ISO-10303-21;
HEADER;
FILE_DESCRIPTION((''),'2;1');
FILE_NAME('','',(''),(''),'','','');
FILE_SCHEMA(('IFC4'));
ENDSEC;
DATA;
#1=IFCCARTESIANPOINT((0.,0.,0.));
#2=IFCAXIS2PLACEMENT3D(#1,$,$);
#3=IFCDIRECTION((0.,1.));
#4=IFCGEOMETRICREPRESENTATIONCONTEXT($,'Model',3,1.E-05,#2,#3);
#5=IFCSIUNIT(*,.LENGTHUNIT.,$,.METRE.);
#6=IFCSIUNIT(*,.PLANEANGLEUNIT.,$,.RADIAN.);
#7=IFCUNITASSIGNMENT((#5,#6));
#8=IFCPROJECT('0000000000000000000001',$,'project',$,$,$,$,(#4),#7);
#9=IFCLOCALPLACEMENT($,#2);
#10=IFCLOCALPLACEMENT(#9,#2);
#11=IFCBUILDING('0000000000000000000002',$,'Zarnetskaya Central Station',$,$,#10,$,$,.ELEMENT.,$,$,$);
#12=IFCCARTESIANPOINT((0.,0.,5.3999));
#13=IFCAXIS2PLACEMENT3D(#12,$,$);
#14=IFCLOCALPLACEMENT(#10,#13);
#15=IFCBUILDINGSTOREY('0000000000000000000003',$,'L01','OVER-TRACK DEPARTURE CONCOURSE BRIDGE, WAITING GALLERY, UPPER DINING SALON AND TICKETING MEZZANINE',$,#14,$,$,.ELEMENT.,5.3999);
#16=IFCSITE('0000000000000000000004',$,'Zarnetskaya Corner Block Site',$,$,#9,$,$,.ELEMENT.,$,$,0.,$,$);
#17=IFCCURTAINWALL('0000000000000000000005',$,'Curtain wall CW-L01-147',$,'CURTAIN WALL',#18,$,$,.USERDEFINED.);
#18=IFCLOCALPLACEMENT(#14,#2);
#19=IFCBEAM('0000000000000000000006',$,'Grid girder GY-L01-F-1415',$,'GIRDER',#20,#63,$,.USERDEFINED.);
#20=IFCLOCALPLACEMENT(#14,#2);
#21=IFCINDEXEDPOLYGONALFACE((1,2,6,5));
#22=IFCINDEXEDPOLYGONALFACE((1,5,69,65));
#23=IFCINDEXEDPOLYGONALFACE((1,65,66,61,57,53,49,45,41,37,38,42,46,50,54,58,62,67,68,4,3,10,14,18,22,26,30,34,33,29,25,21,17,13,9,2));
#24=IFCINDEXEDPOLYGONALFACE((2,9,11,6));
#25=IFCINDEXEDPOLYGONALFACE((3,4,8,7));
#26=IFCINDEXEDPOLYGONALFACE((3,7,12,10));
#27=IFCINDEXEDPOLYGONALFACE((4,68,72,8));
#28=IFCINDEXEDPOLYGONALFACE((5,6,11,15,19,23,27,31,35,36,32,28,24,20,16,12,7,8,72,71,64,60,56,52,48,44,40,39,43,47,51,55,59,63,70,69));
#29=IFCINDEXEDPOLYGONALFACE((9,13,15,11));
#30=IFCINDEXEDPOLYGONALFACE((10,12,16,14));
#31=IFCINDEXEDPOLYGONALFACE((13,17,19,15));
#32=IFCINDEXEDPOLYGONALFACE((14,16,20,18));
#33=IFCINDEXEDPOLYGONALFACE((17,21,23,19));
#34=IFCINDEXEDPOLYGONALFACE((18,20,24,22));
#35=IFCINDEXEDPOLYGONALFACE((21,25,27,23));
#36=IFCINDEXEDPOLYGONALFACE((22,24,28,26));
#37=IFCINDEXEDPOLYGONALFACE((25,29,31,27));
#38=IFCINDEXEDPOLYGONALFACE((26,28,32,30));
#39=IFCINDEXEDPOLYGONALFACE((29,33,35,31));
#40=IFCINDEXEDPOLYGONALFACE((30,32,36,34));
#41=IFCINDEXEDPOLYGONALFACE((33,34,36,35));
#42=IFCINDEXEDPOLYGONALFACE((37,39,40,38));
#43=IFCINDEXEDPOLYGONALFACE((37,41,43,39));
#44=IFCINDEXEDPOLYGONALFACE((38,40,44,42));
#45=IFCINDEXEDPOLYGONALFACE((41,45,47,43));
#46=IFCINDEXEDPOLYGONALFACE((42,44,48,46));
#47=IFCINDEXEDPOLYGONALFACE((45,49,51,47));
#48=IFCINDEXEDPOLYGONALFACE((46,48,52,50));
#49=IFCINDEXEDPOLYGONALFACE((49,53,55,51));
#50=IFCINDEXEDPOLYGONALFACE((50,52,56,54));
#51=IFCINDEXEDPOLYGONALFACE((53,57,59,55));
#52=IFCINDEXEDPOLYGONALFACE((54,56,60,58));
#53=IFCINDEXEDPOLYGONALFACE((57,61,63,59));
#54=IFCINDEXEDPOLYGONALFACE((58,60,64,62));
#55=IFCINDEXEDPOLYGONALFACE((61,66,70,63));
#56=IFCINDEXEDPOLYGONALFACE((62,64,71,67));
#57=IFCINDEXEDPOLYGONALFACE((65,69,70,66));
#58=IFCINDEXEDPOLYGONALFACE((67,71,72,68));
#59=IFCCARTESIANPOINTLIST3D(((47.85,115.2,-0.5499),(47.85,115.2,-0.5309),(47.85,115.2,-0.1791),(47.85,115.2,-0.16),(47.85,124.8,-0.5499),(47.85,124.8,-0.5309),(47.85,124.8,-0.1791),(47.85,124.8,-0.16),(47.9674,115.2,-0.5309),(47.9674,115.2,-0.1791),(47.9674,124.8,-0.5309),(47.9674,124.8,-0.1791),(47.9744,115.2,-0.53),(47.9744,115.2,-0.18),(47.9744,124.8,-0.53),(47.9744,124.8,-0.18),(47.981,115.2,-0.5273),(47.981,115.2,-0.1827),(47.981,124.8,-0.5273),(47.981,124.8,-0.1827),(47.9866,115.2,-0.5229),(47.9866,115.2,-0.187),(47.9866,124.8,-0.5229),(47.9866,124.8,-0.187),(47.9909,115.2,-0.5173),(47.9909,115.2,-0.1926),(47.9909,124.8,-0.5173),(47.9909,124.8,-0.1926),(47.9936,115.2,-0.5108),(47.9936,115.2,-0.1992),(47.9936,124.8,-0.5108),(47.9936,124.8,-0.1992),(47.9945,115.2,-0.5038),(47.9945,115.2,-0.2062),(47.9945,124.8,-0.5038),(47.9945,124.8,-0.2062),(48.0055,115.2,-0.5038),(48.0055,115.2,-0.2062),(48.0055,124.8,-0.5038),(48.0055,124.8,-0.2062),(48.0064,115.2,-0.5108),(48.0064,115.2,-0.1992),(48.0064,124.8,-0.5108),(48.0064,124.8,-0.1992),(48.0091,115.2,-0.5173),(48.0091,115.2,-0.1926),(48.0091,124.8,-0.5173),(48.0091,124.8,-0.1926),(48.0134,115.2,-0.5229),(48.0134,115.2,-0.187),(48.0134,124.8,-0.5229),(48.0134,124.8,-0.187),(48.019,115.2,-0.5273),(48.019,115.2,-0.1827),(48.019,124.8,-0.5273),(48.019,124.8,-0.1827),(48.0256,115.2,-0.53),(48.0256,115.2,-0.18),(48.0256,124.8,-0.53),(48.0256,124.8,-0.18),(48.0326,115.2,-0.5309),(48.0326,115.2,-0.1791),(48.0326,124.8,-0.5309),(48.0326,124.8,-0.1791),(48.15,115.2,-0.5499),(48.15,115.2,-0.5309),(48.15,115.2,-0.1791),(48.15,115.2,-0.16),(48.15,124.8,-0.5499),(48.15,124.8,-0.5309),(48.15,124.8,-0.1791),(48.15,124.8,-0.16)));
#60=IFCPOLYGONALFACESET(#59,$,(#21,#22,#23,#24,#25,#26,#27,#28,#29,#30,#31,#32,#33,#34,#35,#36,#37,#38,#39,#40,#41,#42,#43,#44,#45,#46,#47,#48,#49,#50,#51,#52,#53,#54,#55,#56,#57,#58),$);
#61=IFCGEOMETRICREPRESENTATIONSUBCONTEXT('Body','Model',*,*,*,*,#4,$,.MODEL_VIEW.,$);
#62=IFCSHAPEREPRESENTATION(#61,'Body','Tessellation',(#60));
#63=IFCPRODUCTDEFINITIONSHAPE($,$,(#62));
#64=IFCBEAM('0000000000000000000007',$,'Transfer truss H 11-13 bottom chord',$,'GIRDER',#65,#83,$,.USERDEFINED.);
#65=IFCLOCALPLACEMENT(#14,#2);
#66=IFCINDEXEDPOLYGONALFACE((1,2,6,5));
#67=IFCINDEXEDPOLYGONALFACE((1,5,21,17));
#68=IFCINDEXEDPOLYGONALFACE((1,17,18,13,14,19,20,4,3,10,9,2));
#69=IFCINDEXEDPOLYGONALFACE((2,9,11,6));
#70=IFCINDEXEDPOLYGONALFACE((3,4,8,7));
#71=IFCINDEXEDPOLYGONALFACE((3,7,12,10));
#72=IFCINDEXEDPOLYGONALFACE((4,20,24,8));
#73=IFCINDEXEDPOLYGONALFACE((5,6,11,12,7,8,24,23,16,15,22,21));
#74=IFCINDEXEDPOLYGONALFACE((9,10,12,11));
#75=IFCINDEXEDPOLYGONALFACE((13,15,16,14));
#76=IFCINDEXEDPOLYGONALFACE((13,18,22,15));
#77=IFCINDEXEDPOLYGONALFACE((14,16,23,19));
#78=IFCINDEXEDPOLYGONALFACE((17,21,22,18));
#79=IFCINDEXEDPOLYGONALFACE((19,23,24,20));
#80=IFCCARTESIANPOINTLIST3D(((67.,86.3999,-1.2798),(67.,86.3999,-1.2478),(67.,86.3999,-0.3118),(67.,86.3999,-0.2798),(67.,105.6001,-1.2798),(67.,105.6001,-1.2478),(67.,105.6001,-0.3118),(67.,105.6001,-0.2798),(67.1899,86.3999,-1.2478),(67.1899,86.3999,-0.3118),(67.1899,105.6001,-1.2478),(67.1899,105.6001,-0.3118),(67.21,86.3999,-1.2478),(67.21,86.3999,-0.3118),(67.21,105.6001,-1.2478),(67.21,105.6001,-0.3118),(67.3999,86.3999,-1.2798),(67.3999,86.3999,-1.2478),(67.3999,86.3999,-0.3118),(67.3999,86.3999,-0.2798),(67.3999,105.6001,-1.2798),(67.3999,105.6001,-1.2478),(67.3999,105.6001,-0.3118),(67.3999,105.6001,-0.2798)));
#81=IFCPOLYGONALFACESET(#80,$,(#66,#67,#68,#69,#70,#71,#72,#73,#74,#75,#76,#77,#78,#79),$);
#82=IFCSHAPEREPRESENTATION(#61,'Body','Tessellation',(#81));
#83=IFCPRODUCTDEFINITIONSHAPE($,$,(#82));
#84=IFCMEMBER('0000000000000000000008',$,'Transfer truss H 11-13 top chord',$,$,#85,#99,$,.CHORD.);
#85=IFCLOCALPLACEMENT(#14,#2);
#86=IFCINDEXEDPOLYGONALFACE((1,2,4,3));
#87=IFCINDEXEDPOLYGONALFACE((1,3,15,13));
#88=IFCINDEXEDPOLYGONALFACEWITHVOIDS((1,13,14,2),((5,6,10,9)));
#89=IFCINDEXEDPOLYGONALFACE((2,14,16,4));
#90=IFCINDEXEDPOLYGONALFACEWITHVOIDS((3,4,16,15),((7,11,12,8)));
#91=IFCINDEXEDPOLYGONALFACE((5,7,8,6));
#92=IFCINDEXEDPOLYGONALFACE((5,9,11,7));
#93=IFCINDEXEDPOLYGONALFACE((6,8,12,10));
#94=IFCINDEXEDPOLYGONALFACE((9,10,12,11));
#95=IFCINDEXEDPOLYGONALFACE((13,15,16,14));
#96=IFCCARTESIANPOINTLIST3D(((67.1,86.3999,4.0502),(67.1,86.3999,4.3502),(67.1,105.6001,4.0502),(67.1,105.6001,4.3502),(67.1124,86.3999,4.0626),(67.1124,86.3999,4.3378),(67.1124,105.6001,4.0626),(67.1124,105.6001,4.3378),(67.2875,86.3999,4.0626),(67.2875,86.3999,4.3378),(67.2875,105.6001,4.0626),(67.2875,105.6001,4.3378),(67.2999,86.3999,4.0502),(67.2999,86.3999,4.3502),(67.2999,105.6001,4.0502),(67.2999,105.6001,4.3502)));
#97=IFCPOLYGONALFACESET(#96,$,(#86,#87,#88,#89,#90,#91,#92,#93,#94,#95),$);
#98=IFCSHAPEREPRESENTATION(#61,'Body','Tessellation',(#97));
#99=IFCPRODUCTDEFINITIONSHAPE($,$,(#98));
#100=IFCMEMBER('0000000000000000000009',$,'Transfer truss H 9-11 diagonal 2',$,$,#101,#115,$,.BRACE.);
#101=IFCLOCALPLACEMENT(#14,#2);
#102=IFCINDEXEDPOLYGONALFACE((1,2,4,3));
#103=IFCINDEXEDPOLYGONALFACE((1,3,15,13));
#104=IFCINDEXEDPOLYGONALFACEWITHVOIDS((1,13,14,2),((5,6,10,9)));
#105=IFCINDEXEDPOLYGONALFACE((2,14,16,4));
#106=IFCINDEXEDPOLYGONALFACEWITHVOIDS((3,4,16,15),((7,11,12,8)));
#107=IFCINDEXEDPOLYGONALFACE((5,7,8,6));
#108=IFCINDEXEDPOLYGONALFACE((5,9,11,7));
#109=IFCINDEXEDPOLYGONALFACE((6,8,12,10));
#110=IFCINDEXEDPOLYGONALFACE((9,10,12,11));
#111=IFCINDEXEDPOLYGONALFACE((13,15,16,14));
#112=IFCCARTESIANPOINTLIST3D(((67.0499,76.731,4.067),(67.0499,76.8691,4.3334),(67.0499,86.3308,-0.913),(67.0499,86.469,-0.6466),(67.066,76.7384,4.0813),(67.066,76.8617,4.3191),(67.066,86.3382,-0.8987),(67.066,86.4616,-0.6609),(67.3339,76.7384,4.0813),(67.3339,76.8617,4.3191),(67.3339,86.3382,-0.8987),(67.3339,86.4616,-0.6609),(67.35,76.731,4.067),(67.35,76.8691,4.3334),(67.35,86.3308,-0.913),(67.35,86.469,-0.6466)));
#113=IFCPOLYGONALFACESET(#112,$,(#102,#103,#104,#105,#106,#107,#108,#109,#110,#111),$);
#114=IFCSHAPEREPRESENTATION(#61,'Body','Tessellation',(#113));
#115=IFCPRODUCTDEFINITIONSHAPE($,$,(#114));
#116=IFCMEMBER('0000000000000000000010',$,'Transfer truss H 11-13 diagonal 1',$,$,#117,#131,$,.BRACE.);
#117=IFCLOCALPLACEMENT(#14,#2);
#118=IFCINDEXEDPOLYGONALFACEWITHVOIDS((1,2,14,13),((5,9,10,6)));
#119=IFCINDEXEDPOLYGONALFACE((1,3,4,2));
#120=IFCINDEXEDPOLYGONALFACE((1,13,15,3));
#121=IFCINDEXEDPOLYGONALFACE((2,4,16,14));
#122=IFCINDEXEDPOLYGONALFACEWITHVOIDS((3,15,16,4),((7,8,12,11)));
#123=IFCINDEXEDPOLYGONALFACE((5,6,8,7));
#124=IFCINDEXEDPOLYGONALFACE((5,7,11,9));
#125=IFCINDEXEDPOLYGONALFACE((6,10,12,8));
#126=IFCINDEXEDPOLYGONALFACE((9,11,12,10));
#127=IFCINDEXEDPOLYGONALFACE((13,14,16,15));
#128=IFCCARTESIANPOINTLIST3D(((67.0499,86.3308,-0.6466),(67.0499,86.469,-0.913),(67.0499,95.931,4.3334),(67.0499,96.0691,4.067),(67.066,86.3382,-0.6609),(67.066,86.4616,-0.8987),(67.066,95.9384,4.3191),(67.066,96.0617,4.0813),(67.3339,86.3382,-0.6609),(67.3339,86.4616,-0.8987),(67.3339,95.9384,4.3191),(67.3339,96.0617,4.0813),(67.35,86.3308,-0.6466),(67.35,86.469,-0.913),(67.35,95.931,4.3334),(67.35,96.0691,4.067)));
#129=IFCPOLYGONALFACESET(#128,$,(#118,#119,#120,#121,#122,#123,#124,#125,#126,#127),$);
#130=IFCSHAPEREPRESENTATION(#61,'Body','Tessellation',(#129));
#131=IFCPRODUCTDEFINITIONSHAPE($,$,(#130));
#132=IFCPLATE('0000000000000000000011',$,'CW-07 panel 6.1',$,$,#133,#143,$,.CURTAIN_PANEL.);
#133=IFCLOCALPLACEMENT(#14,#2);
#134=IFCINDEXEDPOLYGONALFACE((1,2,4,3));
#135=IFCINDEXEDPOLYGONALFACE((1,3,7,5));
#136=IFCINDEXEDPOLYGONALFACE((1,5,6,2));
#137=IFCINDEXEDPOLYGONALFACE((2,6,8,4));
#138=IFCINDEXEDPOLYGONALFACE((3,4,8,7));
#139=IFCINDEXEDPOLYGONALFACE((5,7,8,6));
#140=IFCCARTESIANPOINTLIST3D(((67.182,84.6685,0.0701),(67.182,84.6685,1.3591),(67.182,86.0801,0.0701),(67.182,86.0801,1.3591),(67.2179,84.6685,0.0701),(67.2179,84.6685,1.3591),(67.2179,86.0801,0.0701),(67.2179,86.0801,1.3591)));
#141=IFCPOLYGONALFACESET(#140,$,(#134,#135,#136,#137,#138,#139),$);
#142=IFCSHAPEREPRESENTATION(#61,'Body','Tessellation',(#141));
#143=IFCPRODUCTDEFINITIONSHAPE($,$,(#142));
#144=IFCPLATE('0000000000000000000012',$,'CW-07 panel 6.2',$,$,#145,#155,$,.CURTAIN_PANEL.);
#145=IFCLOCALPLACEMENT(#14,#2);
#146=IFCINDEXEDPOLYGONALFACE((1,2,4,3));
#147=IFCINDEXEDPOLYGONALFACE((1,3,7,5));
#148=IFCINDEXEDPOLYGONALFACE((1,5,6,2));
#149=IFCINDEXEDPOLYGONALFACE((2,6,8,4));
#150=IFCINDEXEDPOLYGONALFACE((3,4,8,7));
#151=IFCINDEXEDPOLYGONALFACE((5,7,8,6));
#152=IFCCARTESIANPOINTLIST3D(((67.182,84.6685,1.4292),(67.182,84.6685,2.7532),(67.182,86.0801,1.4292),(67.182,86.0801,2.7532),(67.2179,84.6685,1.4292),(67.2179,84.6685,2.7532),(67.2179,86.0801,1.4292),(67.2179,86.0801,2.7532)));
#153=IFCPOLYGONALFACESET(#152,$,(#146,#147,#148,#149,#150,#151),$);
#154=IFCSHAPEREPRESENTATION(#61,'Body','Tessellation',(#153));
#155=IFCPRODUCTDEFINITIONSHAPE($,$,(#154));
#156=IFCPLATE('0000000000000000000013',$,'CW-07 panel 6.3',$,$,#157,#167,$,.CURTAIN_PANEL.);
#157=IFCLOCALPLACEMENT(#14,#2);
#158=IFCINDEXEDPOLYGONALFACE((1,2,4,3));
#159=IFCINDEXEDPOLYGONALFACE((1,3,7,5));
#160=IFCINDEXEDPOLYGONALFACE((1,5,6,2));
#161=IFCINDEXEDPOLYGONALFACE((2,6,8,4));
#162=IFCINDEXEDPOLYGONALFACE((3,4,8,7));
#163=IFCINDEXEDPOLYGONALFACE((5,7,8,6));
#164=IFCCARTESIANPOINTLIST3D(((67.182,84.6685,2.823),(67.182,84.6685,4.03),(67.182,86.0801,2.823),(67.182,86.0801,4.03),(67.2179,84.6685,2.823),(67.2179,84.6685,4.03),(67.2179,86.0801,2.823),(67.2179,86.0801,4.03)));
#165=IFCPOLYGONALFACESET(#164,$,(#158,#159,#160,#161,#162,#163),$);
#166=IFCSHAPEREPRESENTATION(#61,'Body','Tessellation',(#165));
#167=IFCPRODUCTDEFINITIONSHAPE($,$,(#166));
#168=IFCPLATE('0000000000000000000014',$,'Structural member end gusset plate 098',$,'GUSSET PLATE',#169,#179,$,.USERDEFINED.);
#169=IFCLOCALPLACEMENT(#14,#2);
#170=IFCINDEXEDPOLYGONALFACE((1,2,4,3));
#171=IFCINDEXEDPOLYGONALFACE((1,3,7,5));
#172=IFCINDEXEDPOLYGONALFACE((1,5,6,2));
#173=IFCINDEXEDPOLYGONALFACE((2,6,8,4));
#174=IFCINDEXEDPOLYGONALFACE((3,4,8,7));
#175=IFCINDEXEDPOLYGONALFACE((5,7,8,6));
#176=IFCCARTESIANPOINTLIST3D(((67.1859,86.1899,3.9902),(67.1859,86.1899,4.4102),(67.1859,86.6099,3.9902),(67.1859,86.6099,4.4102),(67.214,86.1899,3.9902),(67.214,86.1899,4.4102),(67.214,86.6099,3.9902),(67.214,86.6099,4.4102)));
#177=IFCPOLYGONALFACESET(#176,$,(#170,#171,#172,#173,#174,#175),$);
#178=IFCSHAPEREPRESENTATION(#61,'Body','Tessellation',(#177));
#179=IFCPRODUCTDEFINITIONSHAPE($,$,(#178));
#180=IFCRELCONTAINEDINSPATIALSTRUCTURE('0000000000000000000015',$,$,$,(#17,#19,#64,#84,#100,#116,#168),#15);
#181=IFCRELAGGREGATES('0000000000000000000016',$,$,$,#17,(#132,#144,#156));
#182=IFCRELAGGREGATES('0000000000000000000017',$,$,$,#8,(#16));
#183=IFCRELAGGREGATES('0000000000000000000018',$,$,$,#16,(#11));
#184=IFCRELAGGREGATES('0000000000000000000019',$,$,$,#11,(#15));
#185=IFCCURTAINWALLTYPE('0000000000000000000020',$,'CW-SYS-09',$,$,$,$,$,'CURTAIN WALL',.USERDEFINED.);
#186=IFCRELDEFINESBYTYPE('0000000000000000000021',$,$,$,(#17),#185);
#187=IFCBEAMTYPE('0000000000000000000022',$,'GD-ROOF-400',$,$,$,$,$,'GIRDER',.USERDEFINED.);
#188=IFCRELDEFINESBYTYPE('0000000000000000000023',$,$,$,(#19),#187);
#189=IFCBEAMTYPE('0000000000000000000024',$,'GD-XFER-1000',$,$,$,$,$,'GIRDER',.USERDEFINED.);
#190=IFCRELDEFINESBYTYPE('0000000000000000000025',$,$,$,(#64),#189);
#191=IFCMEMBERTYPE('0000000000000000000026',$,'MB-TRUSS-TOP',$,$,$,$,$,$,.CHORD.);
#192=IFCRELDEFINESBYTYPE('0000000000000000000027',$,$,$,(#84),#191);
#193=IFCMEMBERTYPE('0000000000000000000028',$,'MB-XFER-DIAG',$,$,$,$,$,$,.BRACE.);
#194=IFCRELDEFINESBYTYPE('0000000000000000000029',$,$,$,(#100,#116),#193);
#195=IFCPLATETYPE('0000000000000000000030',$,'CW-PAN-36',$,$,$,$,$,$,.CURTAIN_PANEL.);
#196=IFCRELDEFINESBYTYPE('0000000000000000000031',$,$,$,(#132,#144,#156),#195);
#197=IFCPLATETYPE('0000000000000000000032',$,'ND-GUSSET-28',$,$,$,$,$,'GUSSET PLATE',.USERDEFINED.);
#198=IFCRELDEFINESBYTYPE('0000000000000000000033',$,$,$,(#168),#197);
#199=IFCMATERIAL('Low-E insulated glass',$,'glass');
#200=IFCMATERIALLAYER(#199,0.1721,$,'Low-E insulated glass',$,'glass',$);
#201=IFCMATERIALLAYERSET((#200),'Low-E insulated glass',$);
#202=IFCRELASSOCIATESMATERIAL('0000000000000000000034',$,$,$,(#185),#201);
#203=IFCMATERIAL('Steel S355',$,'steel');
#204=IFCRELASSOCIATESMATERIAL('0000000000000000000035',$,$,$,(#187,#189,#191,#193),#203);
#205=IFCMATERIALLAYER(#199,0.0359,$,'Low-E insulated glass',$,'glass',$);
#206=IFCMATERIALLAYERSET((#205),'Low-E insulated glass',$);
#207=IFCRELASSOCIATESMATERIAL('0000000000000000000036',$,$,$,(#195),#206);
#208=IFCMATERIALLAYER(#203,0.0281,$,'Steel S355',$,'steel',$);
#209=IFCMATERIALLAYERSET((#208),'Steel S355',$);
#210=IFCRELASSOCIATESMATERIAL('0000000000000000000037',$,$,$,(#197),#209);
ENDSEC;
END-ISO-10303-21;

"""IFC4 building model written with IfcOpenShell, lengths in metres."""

from ifc_helpers import new_model, si_unit, direction, frame, origin, origin_2d, place, context, subcontext, project, spatial, rectangle, hollow_rectangle, i_section, extrude, material, layer, layer_set, material_profile, profile_set, type_object, element, aggregate, save


model = new_model("IFC4")

# Units and contexts
model_context = context("Model", 3, precision=1e-05, world=origin(), true_north=direction((0.0, 1.0)))
body_context = subcontext(model_context, "Body", "Model", "MODEL_VIEW")
ifc_project = project(units=[si_unit("LENGTHUNIT", "METRE"), si_unit("PLANEANGLEUNIT", "RADIAN")], contexts=[model_context])

# Site, building, storey
site_placement = place(None, origin())
site = spatial("IfcSite", under=ifc_project, at=site_placement, Name="Zarnetskaya Corner Block Site", CompositionType="ELEMENT", RefElevation=0.0)
building_placement = place(site_placement, origin())
building = spatial("IfcBuilding", under=site, at=building_placement, Name="Zarnetskaya Central Station", CompositionType="ELEMENT")
storey_placement = place(building_placement, frame((0.0, 0.0, 5.3999)))
storey = spatial("IfcBuildingStorey", under=building, at=storey_placement, Name="L01", Description="OVER-TRACK DEPARTURE CONCOURSE BRIDGE, WAITING GALLERY, UPPER DINING SALON AND TICKETING MEZZANINE", CompositionType="ELEMENT", Elevation=5.3999)

# Shared definitions
ifc_material_1 = material(Name="Steel S355", Category="steel")

# Curtain wall
ifc_material_2 = material(Name="Low-E insulated glass", Category="glass")
ifc_layer_1 = layer(ifc_material_2, 0.1721, Name="Low-E insulated glass", Category="glass")
ifc_layer_set_1 = layer_set([ifc_layer_1], Name="Low-E insulated glass")
curtain_wall_type = type_object("IfcCurtainWallType", Name="CW-SYS-09", ElementType="CURTAIN WALL", PredefinedType="USERDEFINED", material=ifc_layer_set_1)
curtain_wall_placement = place(storey_placement, origin())
curtain_wall = element("IfcCurtainWall", 1, at=curtain_wall_placement, inside=storey, type_object=curtain_wall_type, Name="Curtain wall CW-L01-147", ObjectType="CURTAIN WALL", PredefinedType="USERDEFINED")

# Beams
ifc_material_profile_1 = material_profile(ifc_material_1, i_section(OverallWidth=0.3, OverallDepth=0.3899, WebThickness=0.011, FlangeThickness=0.019, FilletRadius=0.0271, at=origin_2d()), Name="HEA 400")
ifc_profile_set_1 = profile_set([ifc_material_profile_1], Name="Steel S355")
beam_type_1 = type_object("IfcBeamType", Name="GD-ROOF-400", ElementType="GIRDER", PredefinedType="USERDEFINED", material=ifc_profile_set_1)
beam_1_placement = place(storey_placement, frame((48.0, 115.2, -0.355), z_axis=(0.0, 1.0, 0.0), x_axis=(-1.0, 0.0, 0.0)))
element("IfcBeam", 2, at=beam_1_placement, inside=storey, type_object=beam_type_1, Name="Grid girder GY-L01-F-1415", ObjectType="GIRDER", PredefinedType="USERDEFINED", context=body_context, shape_type="SweptSolid", body=[
    extrude(i_section(OverallWidth=0.3, OverallDepth=0.3899, WebThickness=0.011, FlangeThickness=0.019, FilletRadius=0.0271, at=origin_2d()), origin(), (0.0, 0.0, 1.0), 9.6001),
])
ifc_material_profile_2 = material_profile(ifc_material_1, i_section(OverallWidth=0.3999, OverallDepth=1.0, WebThickness=0.02, FlangeThickness=0.032, at=origin_2d()), Name="PG 1000x400x20x32")
ifc_profile_set_2 = profile_set([ifc_material_profile_2], Name="Steel S355")
beam_type_2 = type_object("IfcBeamType", Name="GD-XFER-1000", ElementType="GIRDER", PredefinedType="USERDEFINED", material=ifc_profile_set_2)
beam_2_placement = place(storey_placement, frame((67.2, 86.3999, -0.7798), z_axis=(0.0, 1.0, 0.0), x_axis=(-1.0, 0.0, 0.0)))
element("IfcBeam", 3, at=beam_2_placement, inside=storey, type_object=beam_type_2, Name="Transfer truss H 11-13 bottom chord", ObjectType="GIRDER", PredefinedType="USERDEFINED", context=body_context, shape_type="SweptSolid", body=[
    extrude(i_section(OverallWidth=0.3999, OverallDepth=1.0, WebThickness=0.02, FlangeThickness=0.032, at=origin_2d()), origin(), (0.0, 0.0, 1.0), 19.2002),
])

# Members
ifc_material_profile_3 = material_profile(ifc_material_1, hollow_rectangle(XDim=0.2, YDim=0.3, WallThickness=0.0125, at=origin_2d()), Name="RHS 300x200x12.5")
ifc_profile_set_3 = profile_set([ifc_material_profile_3], Name="Steel S355")
member_type_1 = type_object("IfcMemberType", Name="MB-TRUSS-TOP", PredefinedType="CHORD", material=ifc_profile_set_3)
member_1_placement = place(storey_placement, frame((67.2, 86.3999, 4.2002), z_axis=(0.0, 1.0, 0.0), x_axis=(-1.0, 0.0, 0.0)))
element("IfcMember", 4, at=member_1_placement, inside=storey, type_object=member_type_1, Name="Transfer truss H 11-13 top chord", PredefinedType="CHORD", context=body_context, shape_type="SweptSolid", body=[
    extrude(hollow_rectangle(XDim=0.2, YDim=0.3, WallThickness=0.0125, at=origin_2d()), origin(), (0.0, 0.0, 1.0), 19.2002),
])
ifc_material_profile_4 = material_profile(ifc_material_1, hollow_rectangle(XDim=0.3, YDim=0.3, WallThickness=0.0161, at=origin_2d()), Name="SHS 300x300x16")
ifc_profile_set_4 = profile_set([ifc_material_profile_4], Name="Steel S355")
member_type_2 = type_object("IfcMemberType", Name="MB-XFER-DIAG", PredefinedType="BRACE", material=ifc_profile_set_4)
member_2_placement = place(storey_placement, frame((67.2, 86.3999, -0.7798), z_axis=(0.0, -0.887668, 0.460483), x_axis=(1.0, 0.0, 0.0)))
element("IfcMember", 5, at=member_2_placement, inside=storey, type_object=member_type_2, Name="Transfer truss H 9-11 diagonal 2", PredefinedType="BRACE", context=body_context, shape_type="SweptSolid", body=[
    extrude(hollow_rectangle(XDim=0.3, YDim=0.3, WallThickness=0.0161, at=origin_2d()), origin(), (0.0, 0.0, 1.0), 10.8147),
])
member_3_placement = place(storey_placement, frame((67.2, 86.3999, -0.7798), z_axis=(0.0, 0.887673, 0.460474), x_axis=(-1.0, 0.0, 0.0)))
element("IfcMember", 6, at=member_3_placement, inside=storey, type_object=member_type_2, Name="Transfer truss H 11-13 diagonal 1", PredefinedType="BRACE", context=body_context, shape_type="SweptSolid", body=[
    extrude(hollow_rectangle(XDim=0.3, YDim=0.3, WallThickness=0.0161, at=origin_2d()), origin(), (0.0, 0.0, 1.0), 10.8149),
])

# Plates
ifc_layer_2 = layer(ifc_material_2, 0.0359, Name="Low-E insulated glass", Category="glass")
ifc_layer_set_2 = layer_set([ifc_layer_2], Name="Low-E insulated glass")
plate_type_1 = type_object("IfcPlateType", Name="CW-PAN-36", PredefinedType="CURTAIN_PANEL", material=ifc_layer_set_2)
plate_1_placement = place(storey_placement, frame((67.2, 85.3743, 0.0701), z_axis=(0.0, 0.0, 1.0), x_axis=(0.0, 1.0, 0.0)))
plate_1 = element("IfcPlate", 7, at=plate_1_placement, type_object=plate_type_1, Name="CW-07 panel 6.1", PredefinedType="CURTAIN_PANEL", context=body_context, shape_type="SweptSolid", body=[
    extrude(rectangle(XDim=1.4116, YDim=0.0359, at=origin_2d()), origin(), (0.0, 0.0, 1.0), 1.2891),
])
plate_2_placement = place(storey_placement, frame((67.2, 85.3743, 1.4292), z_axis=(0.0, 0.0, 1.0), x_axis=(0.0, 1.0, 0.0)))
plate_2 = element("IfcPlate", 8, at=plate_2_placement, type_object=plate_type_1, Name="CW-07 panel 6.2", PredefinedType="CURTAIN_PANEL", context=body_context, shape_type="SweptSolid", body=[
    extrude(rectangle(XDim=1.4116, YDim=0.0359, at=origin_2d()), origin(), (0.0, 0.0, 1.0), 1.324),
])
plate_3_placement = place(storey_placement, frame((67.2, 85.3743, 2.823), z_axis=(0.0, 0.0, 1.0), x_axis=(0.0, 1.0, 0.0)))
plate_3 = element("IfcPlate", 9, at=plate_3_placement, type_object=plate_type_1, Name="CW-07 panel 6.3", PredefinedType="CURTAIN_PANEL", context=body_context, shape_type="SweptSolid", body=[
    extrude(rectangle(XDim=1.4116, YDim=0.0359, at=origin_2d()), origin(), (0.0, 0.0, 1.0), 1.207),
])
aggregate(curtain_wall, [plate_1, plate_2, plate_3])
ifc_layer_3 = layer(ifc_material_1, 0.0281, Name="Steel S355", Category="steel")
ifc_layer_set_3 = layer_set([ifc_layer_3], Name="Steel S355")
plate_type_2 = type_object("IfcPlateType", Name="ND-GUSSET-28", ElementType="GUSSET PLATE", PredefinedType="USERDEFINED", material=ifc_layer_set_3)
plate_4_placement = place(storey_placement, frame((67.2, 86.3999, 3.9902), z_axis=(0.0, 0.0, 1.0), x_axis=(1.0, 0.0, 0.0)))
element("IfcPlate", 10, at=plate_4_placement, inside=storey, type_object=plate_type_2, Name="Structural member end gusset plate 098", ObjectType="GUSSET PLATE", PredefinedType="USERDEFINED", context=body_context, shape_type="SweptSolid", body=[
    extrude(rectangle(XDim=0.0281, YDim=0.4199, at=origin_2d()), origin(), (0.0, 0.0, 1.0), 0.4199),
])

save(model, "model.ifc")
